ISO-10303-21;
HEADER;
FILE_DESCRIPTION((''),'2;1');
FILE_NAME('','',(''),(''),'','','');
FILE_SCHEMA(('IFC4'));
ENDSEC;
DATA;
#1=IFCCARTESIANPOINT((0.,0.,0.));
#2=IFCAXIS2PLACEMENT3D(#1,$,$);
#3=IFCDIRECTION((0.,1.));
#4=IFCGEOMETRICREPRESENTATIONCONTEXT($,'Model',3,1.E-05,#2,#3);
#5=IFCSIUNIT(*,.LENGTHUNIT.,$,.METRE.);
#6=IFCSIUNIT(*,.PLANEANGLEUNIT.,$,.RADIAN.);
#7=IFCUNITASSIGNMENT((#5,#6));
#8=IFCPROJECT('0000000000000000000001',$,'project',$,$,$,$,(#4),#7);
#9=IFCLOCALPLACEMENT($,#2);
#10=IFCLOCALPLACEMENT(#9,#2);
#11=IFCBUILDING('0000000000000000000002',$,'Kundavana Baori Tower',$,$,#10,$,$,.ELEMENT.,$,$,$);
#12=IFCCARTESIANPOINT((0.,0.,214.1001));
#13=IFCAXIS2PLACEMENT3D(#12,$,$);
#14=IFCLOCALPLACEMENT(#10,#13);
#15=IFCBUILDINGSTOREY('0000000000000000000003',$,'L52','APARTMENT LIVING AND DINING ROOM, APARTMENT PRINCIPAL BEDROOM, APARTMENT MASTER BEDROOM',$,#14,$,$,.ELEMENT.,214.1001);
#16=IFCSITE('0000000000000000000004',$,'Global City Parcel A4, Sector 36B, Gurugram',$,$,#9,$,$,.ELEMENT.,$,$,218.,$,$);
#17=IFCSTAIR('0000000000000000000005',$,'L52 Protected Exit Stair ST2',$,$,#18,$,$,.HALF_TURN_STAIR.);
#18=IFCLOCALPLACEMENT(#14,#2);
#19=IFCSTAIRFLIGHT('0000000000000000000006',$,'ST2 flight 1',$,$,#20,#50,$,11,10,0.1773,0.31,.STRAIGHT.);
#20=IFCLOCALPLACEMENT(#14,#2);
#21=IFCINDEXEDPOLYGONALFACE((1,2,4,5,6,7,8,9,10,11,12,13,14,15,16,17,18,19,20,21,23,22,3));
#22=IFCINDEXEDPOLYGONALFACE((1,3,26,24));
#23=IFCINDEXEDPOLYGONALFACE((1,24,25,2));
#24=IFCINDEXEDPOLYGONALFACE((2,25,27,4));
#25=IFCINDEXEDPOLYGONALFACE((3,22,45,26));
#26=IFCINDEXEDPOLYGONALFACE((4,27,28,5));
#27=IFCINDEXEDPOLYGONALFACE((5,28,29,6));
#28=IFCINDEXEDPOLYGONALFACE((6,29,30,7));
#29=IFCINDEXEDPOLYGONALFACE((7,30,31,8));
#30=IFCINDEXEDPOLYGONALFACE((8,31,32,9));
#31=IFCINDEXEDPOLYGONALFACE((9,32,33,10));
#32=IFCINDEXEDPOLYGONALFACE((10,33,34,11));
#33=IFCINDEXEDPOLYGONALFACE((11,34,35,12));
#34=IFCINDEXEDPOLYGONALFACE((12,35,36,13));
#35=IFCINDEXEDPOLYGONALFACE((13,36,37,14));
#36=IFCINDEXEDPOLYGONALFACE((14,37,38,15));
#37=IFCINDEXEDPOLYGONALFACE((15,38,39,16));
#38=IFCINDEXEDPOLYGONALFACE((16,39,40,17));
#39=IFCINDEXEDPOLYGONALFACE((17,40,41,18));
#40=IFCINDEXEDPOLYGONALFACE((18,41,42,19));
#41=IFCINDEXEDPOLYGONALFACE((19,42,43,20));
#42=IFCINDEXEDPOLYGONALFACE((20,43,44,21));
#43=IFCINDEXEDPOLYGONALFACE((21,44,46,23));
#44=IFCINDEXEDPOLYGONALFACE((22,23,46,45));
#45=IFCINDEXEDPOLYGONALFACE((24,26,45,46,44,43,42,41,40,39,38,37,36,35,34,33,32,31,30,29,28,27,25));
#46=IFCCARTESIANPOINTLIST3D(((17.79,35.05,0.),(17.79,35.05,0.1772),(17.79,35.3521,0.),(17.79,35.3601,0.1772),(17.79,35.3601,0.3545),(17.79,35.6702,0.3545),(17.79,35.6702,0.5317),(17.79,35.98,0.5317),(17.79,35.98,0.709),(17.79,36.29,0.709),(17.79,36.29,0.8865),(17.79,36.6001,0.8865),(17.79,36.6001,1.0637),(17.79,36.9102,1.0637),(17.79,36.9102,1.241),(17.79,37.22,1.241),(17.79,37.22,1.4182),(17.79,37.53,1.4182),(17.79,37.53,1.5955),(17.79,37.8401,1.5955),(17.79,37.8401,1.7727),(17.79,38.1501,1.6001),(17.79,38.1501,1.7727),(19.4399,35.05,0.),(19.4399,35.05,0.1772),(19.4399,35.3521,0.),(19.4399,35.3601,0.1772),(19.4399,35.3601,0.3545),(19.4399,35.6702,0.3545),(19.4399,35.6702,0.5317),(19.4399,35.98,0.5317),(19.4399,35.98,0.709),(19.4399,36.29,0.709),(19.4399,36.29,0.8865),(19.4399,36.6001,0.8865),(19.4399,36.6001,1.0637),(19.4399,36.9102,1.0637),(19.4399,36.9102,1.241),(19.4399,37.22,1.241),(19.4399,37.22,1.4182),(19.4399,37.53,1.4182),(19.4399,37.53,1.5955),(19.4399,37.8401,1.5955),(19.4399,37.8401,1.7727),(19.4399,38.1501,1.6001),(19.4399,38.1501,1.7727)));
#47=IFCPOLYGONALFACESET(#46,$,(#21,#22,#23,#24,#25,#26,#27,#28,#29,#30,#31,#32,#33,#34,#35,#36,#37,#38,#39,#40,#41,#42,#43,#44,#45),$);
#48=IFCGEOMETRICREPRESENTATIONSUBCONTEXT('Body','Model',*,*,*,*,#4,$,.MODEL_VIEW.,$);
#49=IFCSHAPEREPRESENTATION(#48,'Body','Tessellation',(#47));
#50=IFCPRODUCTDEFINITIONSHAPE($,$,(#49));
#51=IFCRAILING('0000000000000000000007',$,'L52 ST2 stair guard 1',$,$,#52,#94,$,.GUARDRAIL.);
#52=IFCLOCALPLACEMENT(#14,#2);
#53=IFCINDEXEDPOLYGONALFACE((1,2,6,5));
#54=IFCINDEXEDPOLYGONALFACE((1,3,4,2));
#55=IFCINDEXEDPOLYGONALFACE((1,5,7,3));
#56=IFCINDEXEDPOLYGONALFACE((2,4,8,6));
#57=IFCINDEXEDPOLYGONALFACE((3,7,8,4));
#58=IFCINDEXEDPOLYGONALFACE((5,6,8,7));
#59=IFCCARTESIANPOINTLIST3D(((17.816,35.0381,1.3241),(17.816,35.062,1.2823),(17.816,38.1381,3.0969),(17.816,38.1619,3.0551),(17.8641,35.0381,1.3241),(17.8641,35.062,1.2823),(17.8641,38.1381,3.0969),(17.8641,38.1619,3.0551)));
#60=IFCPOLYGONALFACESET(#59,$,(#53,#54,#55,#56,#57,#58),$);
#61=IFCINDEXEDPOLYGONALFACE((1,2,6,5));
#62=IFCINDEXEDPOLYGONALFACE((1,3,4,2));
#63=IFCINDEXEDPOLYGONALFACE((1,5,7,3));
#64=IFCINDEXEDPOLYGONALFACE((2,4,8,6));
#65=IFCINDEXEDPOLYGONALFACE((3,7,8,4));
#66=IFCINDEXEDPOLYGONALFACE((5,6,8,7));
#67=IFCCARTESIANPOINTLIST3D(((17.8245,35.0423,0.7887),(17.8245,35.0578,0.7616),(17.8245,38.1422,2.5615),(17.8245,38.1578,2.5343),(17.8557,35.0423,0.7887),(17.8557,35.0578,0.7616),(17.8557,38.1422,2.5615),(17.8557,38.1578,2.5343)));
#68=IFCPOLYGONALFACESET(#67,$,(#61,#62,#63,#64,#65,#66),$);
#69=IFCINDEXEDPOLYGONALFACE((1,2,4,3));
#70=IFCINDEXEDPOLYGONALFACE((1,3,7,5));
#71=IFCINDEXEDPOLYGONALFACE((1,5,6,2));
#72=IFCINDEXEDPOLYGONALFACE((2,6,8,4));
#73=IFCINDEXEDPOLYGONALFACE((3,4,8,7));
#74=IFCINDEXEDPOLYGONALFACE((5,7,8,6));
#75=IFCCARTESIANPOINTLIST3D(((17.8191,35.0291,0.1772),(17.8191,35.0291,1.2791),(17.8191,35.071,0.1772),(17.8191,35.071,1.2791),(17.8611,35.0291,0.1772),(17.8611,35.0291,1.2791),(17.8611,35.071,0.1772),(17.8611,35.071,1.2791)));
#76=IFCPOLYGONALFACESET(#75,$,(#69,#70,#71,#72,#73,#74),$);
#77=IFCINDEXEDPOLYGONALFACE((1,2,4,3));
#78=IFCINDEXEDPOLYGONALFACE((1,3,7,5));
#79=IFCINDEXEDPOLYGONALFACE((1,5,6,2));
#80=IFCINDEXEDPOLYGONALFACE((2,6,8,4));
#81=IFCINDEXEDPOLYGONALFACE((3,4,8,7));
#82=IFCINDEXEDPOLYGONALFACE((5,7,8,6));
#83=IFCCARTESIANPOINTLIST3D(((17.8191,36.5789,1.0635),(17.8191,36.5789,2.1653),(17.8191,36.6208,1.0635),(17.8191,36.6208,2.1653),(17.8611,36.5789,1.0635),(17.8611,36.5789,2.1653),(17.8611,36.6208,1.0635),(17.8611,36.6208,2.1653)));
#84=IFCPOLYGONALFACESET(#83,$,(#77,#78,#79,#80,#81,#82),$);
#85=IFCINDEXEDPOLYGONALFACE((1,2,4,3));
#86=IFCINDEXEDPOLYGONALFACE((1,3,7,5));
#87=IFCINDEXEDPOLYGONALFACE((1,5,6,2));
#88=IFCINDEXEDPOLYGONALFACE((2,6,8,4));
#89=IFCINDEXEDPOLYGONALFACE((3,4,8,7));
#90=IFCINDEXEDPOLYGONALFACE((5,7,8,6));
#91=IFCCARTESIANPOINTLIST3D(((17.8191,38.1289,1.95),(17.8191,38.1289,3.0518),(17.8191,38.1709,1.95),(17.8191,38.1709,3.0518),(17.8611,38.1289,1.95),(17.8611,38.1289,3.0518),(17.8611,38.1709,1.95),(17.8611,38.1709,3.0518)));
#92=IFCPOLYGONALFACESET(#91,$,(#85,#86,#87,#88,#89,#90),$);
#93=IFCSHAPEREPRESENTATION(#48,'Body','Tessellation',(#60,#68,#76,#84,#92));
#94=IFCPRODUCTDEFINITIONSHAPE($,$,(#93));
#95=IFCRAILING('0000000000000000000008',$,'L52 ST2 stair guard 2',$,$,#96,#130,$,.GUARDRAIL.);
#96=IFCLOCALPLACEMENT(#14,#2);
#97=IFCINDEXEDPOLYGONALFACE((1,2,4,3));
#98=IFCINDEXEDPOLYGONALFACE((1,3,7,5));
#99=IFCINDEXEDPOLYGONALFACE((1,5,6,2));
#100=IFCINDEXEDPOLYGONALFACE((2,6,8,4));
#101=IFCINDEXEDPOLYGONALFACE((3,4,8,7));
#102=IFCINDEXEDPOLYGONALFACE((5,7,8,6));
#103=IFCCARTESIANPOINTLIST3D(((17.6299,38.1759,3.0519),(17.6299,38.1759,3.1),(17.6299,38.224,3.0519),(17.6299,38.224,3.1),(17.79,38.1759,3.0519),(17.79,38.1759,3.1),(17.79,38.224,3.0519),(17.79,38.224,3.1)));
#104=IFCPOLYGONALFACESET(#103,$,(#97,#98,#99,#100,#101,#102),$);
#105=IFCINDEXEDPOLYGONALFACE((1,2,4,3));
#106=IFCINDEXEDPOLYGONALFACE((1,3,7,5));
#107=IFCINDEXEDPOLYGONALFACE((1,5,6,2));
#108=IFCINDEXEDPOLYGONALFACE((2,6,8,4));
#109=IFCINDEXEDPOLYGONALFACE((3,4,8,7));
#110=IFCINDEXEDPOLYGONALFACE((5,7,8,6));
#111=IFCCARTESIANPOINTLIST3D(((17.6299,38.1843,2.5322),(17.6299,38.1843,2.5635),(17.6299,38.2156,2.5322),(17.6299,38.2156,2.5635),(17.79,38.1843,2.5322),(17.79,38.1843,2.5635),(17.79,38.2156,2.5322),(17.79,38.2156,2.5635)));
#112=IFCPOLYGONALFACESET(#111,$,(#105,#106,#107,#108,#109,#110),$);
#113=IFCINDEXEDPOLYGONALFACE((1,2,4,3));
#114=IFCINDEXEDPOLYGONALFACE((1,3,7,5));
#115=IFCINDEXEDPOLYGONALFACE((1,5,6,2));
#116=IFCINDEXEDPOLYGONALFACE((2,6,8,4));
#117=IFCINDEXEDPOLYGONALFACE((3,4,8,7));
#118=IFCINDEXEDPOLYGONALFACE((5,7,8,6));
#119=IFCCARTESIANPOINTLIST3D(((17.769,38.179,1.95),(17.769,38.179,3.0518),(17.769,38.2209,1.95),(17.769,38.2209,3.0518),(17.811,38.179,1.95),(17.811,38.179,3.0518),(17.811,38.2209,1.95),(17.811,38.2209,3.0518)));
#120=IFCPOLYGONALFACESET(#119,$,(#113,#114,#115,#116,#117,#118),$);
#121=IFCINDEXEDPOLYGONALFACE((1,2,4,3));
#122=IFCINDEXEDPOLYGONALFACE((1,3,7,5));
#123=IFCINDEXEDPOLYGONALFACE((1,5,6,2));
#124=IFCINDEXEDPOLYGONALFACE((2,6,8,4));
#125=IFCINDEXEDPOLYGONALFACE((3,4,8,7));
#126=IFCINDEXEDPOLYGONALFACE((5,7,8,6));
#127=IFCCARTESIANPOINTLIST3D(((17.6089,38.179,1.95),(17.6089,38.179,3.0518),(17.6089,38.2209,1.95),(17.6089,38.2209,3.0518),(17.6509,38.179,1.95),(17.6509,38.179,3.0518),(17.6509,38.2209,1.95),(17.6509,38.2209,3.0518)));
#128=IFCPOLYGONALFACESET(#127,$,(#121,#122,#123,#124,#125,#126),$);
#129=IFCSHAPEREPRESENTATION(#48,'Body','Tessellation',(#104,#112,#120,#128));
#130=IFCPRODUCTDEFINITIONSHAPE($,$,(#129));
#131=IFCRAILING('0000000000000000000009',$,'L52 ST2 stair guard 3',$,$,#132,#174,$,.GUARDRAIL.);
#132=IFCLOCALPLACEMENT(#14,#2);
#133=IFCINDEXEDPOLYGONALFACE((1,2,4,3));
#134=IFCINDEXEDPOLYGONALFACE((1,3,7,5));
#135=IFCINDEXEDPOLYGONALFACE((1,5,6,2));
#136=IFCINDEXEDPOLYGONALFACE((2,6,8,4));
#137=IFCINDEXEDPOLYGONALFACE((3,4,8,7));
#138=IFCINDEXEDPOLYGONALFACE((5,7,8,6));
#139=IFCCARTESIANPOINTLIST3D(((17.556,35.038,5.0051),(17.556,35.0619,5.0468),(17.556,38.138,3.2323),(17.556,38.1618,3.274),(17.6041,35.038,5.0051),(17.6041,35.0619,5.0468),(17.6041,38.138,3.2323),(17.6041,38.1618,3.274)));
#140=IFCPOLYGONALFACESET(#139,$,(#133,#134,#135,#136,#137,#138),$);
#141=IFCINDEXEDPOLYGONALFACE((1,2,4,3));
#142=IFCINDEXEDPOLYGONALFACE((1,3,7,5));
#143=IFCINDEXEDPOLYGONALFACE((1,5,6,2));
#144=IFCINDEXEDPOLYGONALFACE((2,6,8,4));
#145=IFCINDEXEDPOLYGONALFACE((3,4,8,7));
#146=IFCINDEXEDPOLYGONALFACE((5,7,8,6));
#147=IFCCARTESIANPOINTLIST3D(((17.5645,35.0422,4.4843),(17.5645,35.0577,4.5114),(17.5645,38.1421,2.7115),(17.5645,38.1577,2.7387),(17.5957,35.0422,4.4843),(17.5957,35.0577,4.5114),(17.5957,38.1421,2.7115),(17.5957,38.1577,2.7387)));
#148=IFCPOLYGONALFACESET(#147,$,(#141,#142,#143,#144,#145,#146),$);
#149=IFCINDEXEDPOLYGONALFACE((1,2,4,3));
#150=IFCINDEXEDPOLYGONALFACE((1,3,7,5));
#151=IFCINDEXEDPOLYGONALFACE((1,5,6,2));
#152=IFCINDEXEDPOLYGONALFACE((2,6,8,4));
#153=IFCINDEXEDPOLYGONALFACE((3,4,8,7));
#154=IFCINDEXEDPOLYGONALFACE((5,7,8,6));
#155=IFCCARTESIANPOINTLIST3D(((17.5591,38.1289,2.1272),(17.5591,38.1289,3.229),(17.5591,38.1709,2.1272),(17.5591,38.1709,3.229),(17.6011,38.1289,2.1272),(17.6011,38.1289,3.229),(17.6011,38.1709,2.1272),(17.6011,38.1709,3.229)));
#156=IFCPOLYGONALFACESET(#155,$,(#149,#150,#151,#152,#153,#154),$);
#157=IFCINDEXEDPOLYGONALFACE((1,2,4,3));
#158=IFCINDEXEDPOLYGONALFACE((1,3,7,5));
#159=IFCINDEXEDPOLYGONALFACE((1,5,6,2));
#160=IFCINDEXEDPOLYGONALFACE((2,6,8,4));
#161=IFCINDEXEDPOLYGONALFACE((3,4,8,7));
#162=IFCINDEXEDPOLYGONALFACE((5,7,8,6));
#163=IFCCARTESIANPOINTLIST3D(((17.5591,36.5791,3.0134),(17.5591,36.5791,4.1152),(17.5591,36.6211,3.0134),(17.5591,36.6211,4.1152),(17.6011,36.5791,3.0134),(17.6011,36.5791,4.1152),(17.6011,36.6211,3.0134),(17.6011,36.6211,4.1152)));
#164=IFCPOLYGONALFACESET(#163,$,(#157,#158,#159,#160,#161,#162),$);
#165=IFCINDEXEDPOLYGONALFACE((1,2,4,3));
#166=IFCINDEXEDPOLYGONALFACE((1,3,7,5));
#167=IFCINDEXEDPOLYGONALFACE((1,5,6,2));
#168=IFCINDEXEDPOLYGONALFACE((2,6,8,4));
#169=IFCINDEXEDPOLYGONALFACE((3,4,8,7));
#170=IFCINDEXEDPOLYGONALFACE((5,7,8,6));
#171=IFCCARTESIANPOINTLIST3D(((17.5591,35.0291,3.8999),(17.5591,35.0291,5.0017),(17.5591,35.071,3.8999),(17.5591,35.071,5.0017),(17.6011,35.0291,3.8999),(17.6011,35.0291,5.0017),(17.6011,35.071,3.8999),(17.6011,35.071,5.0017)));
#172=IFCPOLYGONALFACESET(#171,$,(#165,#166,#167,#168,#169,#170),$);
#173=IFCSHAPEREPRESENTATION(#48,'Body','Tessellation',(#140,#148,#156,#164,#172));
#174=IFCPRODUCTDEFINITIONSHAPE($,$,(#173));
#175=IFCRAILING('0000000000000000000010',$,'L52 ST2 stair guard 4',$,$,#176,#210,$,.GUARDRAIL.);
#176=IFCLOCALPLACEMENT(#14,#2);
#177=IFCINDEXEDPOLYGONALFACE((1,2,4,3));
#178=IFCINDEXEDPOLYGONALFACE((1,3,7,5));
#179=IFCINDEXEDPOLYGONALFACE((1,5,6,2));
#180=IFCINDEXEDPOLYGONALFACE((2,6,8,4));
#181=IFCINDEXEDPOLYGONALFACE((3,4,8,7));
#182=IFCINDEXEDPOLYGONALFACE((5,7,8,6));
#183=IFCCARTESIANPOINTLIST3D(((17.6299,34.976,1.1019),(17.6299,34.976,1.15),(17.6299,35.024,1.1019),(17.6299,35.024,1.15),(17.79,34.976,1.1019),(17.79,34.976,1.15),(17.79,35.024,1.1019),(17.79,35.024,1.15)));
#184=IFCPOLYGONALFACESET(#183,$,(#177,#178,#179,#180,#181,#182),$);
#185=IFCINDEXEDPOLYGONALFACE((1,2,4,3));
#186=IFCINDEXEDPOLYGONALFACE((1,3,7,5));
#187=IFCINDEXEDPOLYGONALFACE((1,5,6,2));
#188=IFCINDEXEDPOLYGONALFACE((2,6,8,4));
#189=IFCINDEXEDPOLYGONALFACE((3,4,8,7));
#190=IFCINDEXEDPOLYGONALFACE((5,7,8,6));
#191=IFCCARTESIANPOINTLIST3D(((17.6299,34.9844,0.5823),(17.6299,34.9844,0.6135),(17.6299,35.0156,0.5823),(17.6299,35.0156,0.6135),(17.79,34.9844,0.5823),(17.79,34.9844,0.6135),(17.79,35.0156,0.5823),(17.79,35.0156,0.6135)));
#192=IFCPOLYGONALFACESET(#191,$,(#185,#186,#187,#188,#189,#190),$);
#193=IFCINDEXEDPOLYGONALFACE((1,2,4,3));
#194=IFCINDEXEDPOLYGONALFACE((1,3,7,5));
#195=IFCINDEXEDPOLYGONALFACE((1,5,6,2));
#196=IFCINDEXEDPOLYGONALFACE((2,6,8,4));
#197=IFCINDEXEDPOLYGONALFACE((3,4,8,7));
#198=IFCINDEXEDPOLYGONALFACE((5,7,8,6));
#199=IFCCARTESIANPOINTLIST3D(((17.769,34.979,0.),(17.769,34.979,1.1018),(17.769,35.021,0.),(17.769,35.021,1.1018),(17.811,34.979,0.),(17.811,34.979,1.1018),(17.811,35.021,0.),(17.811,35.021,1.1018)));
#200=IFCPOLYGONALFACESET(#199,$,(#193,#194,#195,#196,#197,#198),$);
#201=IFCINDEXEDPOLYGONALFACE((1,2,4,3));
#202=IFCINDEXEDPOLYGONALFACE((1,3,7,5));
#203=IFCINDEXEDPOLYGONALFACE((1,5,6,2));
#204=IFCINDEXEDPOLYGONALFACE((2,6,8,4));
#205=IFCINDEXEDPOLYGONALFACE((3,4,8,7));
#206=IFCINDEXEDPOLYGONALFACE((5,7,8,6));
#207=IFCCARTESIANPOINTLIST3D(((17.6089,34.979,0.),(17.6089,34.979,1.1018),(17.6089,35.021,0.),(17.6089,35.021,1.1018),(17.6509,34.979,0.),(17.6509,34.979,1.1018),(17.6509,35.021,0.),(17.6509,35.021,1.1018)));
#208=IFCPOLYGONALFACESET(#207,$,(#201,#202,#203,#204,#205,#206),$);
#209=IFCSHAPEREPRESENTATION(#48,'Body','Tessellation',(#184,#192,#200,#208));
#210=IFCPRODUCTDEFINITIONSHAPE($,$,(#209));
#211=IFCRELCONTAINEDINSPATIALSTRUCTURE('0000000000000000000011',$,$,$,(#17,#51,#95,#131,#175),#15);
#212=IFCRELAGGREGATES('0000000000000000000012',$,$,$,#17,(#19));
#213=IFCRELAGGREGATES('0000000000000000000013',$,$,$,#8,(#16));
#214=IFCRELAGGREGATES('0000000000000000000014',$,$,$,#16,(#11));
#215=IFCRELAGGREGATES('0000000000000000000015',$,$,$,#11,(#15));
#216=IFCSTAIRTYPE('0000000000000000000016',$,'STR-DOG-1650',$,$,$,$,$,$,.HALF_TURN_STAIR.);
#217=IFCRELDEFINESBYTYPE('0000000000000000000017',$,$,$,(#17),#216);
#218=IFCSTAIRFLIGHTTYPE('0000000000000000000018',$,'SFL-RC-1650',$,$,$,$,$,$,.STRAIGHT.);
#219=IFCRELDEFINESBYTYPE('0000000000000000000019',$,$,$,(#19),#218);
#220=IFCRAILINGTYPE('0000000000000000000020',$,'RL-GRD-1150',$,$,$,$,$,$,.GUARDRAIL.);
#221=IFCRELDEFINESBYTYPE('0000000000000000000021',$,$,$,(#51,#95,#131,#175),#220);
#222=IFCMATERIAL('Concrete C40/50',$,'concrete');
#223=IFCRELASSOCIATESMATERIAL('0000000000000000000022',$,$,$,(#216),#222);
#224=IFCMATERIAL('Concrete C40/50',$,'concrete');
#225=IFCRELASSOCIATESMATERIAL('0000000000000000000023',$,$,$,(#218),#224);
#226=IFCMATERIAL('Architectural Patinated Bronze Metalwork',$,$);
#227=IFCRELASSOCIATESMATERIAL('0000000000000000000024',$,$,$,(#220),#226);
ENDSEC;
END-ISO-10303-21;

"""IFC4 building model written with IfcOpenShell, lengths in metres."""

from ifc_helpers import new_model, si_unit, direction, frame, origin, origin_2d, place, context, subcontext, project, spatial, polyline, rectangle, outline, extrude, material, type_object, element, aggregate, save


model = new_model("IFC4")

# Units and contexts
model_context = context("Model", 3, precision=1e-05, world=origin(), true_north=direction((0.0, 1.0)))
body_context = subcontext(model_context, "Body", "Model", "MODEL_VIEW")
ifc_project = project(units=[si_unit("LENGTHUNIT", "METRE"), si_unit("PLANEANGLEUNIT", "RADIAN")], contexts=[model_context])

# Site, building, storey
site_placement = place(None, origin())
site = spatial("IfcSite", under=ifc_project, at=site_placement, Name="Global City Parcel A4, Sector 36B, Gurugram", CompositionType="ELEMENT", RefElevation=218.0)
building_placement = place(site_placement, origin())
building = spatial("IfcBuilding", under=site, at=building_placement, Name="Kundavana Baori Tower", CompositionType="ELEMENT")
storey_placement = place(building_placement, frame((0.0, 0.0, 214.1001)))
storey = spatial("IfcBuildingStorey", under=building, at=storey_placement, Name="L52", Description="APARTMENT LIVING AND DINING ROOM, APARTMENT PRINCIPAL BEDROOM, APARTMENT MASTER BEDROOM", CompositionType="ELEMENT", Elevation=214.1001)

# Stair, stair flight
ifc_material_1 = material(Name="Concrete C40/50", Category="concrete")
stair_type = type_object("IfcStairType", Name="STR-DOG-1650", PredefinedType="HALF_TURN_STAIR", material=ifc_material_1)
stair_placement = place(storey_placement, origin())
stair = element("IfcStair", 1, at=stair_placement, inside=storey, type_object=stair_type, Name="L52 Protected Exit Stair ST2", PredefinedType="HALF_TURN_STAIR")
ifc_material_2 = material(Name="Concrete C40/50", Category="concrete")
stair_flight_type = type_object("IfcStairFlightType", Name="SFL-RC-1650", PredefinedType="STRAIGHT", material=ifc_material_2)
stair_flight_placement = place(storey_placement, frame((18.615, 35.05, 0.0), z_axis=(0.0, 0.0, 1.0), x_axis=(0.0, 1.0, 0.0)))
stair_flight = element("IfcStairFlight", 2, at=stair_flight_placement, type_object=stair_flight_type, Name="ST2 flight 1", NumberOfRisers=11, NumberOfTreads=10, PredefinedType="STRAIGHT", RiserHeight=0.1773, TreadLength=0.31, context=body_context, shape_type="SweptSolid", body=[
    extrude(outline(polyline([(0.0, 0.0), (0.0, 0.1772), (0.3101, 0.1772), (0.3101, 0.3545), (0.6201, 0.3545), (0.6201, 0.5317), (0.9299, 0.5317), (0.9299, 0.709), (1.24, 0.709), (1.24, 0.8865), (1.55, 0.8865), (1.55, 1.0637), (1.8601, 1.0637), (1.8601, 1.241), (2.1699, 1.241), (2.1699, 1.4182), (2.48, 1.4182), (2.48, 1.5955), (2.79, 1.5955), (2.79, 1.7727), (3.1001, 1.7727), (3.1001, 1.95), (3.1001, 1.6001), (0.302, 0.0), (0.0, 0.0)])), frame((0.0, 0.825, 0.0), z_axis=(0.0, -1.0, 0.0), x_axis=(1.0, 0.0, 0.0)), (0.0, 0.0, 1.0), 1.6499),
])
aggregate(stair, [stair_flight])

# Railings
ifc_material_3 = material(Name="Architectural Patinated Bronze Metalwork")
railing_type_1 = type_object("IfcRailingType", Name="RL-GRD-1150", PredefinedType="GUARDRAIL", material=ifc_material_3)
railing_1_placement = place(storey_placement, frame((17.8401, 35.05, 0.1772)))
element("IfcRailing", 3, at=railing_1_placement, inside=storey, type_object=railing_type_1, Name="L52 ST2 stair guard 1", PredefinedType="GUARDRAIL", context=body_context, shape_type="SweptSolid", body=[
    extrude(rectangle(XDim=0.0481, YDim=0.0481, at=origin_2d()), frame((0.0, 0.0, 1.126), z_axis=(0.0, 0.868079, 0.496426), x_axis=(-1.0, 0.0, 0.0)), (0.0, 0.0, 1.0), 3.571),
    extrude(rectangle(XDim=0.0312, YDim=0.0312, at=origin_2d()), frame((0.0, 0.0, 0.5979), z_axis=(0.0, 0.868079, 0.496426), x_axis=(-1.0, 0.0, 0.0)), (0.0, 0.0, 1.0), 3.571),
    extrude(rectangle(XDim=0.042, YDim=0.042, at=origin_2d()), origin(), (0.0, 0.0, 1.0), 1.1018),
    extrude(rectangle(XDim=0.042, YDim=0.042, at=origin_2d()), frame((0.0, 1.5498, 0.8862)), (0.0, 0.0, 1.0), 1.1018),
    extrude(rectangle(XDim=0.042, YDim=0.042, at=origin_2d()), frame((0.0, 3.0999, 1.7727)), (0.0, 0.0, 1.0), 1.1018),
])
railing_2_placement = place(storey_placement, frame((17.79, 38.2, 1.95)))
element("IfcRailing", 4, at=railing_2_placement, inside=storey, type_object=railing_type_1, Name="L52 ST2 stair guard 2", PredefinedType="GUARDRAIL", context=body_context, shape_type="SweptSolid", body=[
    extrude(rectangle(XDim=0.0481, YDim=0.0481, at=origin_2d()), frame((0.0, 0.0, 1.126), z_axis=(-1.0, 0.0, 0.0), x_axis=(0.0, -1.0, 0.0)), (0.0, 0.0, 1.0), 0.1602),
    extrude(rectangle(XDim=0.0312, YDim=0.0312, at=origin_2d()), frame((0.0, 0.0, 0.5979), z_axis=(-1.0, 0.0, 0.0), x_axis=(0.0, -1.0, 0.0)), (0.0, 0.0, 1.0), 0.1602),
    extrude(rectangle(XDim=0.042, YDim=0.042, at=origin_2d()), origin(), (0.0, 0.0, 1.0), 1.1018),
    extrude(rectangle(XDim=0.042, YDim=0.042, at=origin_2d()), frame((-0.1602, 0.0, 0.0)), (0.0, 0.0, 1.0), 1.1018),
])
railing_3_placement = place(storey_placement, frame((17.5801, 38.1499, 2.1272)))
element("IfcRailing", 5, at=railing_3_placement, inside=storey, type_object=railing_type_1, Name="L52 ST2 stair guard 3", PredefinedType="GUARDRAIL", context=body_context, shape_type="SweptSolid", body=[
    extrude(rectangle(XDim=0.0481, YDim=0.0481, at=origin_2d()), frame((0.0, 0.0, 1.126), z_axis=(0.0, -0.868079, 0.496426), x_axis=(1.0, 0.0, 0.0)), (0.0, 0.0, 1.0), 3.571),
    extrude(rectangle(XDim=0.0312, YDim=0.0312, at=origin_2d()), frame((0.0, 0.0, 0.5979), z_axis=(0.0, -0.868079, 0.496426), x_axis=(1.0, 0.0, 0.0)), (0.0, 0.0, 1.0), 3.571),
    extrude(rectangle(XDim=0.042, YDim=0.042, at=origin_2d()), origin(), (0.0, 0.0, 1.0), 1.1018),
    extrude(rectangle(XDim=0.042, YDim=0.042, at=origin_2d()), frame((0.0, -1.5498, 0.8862)), (0.0, 0.0, 1.0), 1.1018),
    extrude(rectangle(XDim=0.042, YDim=0.042, at=origin_2d()), frame((0.0, -3.0999, 1.7727)), (0.0, 0.0, 1.0), 1.1018),
])
railing_4_placement = place(storey_placement, frame((17.79, 35.0, 0.0)))
element("IfcRailing", 6, at=railing_4_placement, inside=storey, type_object=railing_type_1, Name="L52 ST2 stair guard 4", PredefinedType="GUARDRAIL", context=body_context, shape_type="SweptSolid", body=[
    extrude(rectangle(XDim=0.0481, YDim=0.0481, at=origin_2d()), frame((0.0, 0.0, 1.126), z_axis=(-1.0, 0.0, 0.0), x_axis=(0.0, -1.0, 0.0)), (0.0, 0.0, 1.0), 0.1602),
    extrude(rectangle(XDim=0.0312, YDim=0.0312, at=origin_2d()), frame((0.0, 0.0, 0.5979), z_axis=(-1.0, 0.0, 0.0), x_axis=(0.0, -1.0, 0.0)), (0.0, 0.0, 1.0), 0.1602),
    extrude(rectangle(XDim=0.042, YDim=0.042, at=origin_2d()), origin(), (0.0, 0.0, 1.0), 1.1018),
    extrude(rectangle(XDim=0.042, YDim=0.042, at=origin_2d()), frame((-0.1602, 0.0, 0.0)), (0.0, 0.0, 1.0), 1.1018),
])

save(model, "model.ifc")
